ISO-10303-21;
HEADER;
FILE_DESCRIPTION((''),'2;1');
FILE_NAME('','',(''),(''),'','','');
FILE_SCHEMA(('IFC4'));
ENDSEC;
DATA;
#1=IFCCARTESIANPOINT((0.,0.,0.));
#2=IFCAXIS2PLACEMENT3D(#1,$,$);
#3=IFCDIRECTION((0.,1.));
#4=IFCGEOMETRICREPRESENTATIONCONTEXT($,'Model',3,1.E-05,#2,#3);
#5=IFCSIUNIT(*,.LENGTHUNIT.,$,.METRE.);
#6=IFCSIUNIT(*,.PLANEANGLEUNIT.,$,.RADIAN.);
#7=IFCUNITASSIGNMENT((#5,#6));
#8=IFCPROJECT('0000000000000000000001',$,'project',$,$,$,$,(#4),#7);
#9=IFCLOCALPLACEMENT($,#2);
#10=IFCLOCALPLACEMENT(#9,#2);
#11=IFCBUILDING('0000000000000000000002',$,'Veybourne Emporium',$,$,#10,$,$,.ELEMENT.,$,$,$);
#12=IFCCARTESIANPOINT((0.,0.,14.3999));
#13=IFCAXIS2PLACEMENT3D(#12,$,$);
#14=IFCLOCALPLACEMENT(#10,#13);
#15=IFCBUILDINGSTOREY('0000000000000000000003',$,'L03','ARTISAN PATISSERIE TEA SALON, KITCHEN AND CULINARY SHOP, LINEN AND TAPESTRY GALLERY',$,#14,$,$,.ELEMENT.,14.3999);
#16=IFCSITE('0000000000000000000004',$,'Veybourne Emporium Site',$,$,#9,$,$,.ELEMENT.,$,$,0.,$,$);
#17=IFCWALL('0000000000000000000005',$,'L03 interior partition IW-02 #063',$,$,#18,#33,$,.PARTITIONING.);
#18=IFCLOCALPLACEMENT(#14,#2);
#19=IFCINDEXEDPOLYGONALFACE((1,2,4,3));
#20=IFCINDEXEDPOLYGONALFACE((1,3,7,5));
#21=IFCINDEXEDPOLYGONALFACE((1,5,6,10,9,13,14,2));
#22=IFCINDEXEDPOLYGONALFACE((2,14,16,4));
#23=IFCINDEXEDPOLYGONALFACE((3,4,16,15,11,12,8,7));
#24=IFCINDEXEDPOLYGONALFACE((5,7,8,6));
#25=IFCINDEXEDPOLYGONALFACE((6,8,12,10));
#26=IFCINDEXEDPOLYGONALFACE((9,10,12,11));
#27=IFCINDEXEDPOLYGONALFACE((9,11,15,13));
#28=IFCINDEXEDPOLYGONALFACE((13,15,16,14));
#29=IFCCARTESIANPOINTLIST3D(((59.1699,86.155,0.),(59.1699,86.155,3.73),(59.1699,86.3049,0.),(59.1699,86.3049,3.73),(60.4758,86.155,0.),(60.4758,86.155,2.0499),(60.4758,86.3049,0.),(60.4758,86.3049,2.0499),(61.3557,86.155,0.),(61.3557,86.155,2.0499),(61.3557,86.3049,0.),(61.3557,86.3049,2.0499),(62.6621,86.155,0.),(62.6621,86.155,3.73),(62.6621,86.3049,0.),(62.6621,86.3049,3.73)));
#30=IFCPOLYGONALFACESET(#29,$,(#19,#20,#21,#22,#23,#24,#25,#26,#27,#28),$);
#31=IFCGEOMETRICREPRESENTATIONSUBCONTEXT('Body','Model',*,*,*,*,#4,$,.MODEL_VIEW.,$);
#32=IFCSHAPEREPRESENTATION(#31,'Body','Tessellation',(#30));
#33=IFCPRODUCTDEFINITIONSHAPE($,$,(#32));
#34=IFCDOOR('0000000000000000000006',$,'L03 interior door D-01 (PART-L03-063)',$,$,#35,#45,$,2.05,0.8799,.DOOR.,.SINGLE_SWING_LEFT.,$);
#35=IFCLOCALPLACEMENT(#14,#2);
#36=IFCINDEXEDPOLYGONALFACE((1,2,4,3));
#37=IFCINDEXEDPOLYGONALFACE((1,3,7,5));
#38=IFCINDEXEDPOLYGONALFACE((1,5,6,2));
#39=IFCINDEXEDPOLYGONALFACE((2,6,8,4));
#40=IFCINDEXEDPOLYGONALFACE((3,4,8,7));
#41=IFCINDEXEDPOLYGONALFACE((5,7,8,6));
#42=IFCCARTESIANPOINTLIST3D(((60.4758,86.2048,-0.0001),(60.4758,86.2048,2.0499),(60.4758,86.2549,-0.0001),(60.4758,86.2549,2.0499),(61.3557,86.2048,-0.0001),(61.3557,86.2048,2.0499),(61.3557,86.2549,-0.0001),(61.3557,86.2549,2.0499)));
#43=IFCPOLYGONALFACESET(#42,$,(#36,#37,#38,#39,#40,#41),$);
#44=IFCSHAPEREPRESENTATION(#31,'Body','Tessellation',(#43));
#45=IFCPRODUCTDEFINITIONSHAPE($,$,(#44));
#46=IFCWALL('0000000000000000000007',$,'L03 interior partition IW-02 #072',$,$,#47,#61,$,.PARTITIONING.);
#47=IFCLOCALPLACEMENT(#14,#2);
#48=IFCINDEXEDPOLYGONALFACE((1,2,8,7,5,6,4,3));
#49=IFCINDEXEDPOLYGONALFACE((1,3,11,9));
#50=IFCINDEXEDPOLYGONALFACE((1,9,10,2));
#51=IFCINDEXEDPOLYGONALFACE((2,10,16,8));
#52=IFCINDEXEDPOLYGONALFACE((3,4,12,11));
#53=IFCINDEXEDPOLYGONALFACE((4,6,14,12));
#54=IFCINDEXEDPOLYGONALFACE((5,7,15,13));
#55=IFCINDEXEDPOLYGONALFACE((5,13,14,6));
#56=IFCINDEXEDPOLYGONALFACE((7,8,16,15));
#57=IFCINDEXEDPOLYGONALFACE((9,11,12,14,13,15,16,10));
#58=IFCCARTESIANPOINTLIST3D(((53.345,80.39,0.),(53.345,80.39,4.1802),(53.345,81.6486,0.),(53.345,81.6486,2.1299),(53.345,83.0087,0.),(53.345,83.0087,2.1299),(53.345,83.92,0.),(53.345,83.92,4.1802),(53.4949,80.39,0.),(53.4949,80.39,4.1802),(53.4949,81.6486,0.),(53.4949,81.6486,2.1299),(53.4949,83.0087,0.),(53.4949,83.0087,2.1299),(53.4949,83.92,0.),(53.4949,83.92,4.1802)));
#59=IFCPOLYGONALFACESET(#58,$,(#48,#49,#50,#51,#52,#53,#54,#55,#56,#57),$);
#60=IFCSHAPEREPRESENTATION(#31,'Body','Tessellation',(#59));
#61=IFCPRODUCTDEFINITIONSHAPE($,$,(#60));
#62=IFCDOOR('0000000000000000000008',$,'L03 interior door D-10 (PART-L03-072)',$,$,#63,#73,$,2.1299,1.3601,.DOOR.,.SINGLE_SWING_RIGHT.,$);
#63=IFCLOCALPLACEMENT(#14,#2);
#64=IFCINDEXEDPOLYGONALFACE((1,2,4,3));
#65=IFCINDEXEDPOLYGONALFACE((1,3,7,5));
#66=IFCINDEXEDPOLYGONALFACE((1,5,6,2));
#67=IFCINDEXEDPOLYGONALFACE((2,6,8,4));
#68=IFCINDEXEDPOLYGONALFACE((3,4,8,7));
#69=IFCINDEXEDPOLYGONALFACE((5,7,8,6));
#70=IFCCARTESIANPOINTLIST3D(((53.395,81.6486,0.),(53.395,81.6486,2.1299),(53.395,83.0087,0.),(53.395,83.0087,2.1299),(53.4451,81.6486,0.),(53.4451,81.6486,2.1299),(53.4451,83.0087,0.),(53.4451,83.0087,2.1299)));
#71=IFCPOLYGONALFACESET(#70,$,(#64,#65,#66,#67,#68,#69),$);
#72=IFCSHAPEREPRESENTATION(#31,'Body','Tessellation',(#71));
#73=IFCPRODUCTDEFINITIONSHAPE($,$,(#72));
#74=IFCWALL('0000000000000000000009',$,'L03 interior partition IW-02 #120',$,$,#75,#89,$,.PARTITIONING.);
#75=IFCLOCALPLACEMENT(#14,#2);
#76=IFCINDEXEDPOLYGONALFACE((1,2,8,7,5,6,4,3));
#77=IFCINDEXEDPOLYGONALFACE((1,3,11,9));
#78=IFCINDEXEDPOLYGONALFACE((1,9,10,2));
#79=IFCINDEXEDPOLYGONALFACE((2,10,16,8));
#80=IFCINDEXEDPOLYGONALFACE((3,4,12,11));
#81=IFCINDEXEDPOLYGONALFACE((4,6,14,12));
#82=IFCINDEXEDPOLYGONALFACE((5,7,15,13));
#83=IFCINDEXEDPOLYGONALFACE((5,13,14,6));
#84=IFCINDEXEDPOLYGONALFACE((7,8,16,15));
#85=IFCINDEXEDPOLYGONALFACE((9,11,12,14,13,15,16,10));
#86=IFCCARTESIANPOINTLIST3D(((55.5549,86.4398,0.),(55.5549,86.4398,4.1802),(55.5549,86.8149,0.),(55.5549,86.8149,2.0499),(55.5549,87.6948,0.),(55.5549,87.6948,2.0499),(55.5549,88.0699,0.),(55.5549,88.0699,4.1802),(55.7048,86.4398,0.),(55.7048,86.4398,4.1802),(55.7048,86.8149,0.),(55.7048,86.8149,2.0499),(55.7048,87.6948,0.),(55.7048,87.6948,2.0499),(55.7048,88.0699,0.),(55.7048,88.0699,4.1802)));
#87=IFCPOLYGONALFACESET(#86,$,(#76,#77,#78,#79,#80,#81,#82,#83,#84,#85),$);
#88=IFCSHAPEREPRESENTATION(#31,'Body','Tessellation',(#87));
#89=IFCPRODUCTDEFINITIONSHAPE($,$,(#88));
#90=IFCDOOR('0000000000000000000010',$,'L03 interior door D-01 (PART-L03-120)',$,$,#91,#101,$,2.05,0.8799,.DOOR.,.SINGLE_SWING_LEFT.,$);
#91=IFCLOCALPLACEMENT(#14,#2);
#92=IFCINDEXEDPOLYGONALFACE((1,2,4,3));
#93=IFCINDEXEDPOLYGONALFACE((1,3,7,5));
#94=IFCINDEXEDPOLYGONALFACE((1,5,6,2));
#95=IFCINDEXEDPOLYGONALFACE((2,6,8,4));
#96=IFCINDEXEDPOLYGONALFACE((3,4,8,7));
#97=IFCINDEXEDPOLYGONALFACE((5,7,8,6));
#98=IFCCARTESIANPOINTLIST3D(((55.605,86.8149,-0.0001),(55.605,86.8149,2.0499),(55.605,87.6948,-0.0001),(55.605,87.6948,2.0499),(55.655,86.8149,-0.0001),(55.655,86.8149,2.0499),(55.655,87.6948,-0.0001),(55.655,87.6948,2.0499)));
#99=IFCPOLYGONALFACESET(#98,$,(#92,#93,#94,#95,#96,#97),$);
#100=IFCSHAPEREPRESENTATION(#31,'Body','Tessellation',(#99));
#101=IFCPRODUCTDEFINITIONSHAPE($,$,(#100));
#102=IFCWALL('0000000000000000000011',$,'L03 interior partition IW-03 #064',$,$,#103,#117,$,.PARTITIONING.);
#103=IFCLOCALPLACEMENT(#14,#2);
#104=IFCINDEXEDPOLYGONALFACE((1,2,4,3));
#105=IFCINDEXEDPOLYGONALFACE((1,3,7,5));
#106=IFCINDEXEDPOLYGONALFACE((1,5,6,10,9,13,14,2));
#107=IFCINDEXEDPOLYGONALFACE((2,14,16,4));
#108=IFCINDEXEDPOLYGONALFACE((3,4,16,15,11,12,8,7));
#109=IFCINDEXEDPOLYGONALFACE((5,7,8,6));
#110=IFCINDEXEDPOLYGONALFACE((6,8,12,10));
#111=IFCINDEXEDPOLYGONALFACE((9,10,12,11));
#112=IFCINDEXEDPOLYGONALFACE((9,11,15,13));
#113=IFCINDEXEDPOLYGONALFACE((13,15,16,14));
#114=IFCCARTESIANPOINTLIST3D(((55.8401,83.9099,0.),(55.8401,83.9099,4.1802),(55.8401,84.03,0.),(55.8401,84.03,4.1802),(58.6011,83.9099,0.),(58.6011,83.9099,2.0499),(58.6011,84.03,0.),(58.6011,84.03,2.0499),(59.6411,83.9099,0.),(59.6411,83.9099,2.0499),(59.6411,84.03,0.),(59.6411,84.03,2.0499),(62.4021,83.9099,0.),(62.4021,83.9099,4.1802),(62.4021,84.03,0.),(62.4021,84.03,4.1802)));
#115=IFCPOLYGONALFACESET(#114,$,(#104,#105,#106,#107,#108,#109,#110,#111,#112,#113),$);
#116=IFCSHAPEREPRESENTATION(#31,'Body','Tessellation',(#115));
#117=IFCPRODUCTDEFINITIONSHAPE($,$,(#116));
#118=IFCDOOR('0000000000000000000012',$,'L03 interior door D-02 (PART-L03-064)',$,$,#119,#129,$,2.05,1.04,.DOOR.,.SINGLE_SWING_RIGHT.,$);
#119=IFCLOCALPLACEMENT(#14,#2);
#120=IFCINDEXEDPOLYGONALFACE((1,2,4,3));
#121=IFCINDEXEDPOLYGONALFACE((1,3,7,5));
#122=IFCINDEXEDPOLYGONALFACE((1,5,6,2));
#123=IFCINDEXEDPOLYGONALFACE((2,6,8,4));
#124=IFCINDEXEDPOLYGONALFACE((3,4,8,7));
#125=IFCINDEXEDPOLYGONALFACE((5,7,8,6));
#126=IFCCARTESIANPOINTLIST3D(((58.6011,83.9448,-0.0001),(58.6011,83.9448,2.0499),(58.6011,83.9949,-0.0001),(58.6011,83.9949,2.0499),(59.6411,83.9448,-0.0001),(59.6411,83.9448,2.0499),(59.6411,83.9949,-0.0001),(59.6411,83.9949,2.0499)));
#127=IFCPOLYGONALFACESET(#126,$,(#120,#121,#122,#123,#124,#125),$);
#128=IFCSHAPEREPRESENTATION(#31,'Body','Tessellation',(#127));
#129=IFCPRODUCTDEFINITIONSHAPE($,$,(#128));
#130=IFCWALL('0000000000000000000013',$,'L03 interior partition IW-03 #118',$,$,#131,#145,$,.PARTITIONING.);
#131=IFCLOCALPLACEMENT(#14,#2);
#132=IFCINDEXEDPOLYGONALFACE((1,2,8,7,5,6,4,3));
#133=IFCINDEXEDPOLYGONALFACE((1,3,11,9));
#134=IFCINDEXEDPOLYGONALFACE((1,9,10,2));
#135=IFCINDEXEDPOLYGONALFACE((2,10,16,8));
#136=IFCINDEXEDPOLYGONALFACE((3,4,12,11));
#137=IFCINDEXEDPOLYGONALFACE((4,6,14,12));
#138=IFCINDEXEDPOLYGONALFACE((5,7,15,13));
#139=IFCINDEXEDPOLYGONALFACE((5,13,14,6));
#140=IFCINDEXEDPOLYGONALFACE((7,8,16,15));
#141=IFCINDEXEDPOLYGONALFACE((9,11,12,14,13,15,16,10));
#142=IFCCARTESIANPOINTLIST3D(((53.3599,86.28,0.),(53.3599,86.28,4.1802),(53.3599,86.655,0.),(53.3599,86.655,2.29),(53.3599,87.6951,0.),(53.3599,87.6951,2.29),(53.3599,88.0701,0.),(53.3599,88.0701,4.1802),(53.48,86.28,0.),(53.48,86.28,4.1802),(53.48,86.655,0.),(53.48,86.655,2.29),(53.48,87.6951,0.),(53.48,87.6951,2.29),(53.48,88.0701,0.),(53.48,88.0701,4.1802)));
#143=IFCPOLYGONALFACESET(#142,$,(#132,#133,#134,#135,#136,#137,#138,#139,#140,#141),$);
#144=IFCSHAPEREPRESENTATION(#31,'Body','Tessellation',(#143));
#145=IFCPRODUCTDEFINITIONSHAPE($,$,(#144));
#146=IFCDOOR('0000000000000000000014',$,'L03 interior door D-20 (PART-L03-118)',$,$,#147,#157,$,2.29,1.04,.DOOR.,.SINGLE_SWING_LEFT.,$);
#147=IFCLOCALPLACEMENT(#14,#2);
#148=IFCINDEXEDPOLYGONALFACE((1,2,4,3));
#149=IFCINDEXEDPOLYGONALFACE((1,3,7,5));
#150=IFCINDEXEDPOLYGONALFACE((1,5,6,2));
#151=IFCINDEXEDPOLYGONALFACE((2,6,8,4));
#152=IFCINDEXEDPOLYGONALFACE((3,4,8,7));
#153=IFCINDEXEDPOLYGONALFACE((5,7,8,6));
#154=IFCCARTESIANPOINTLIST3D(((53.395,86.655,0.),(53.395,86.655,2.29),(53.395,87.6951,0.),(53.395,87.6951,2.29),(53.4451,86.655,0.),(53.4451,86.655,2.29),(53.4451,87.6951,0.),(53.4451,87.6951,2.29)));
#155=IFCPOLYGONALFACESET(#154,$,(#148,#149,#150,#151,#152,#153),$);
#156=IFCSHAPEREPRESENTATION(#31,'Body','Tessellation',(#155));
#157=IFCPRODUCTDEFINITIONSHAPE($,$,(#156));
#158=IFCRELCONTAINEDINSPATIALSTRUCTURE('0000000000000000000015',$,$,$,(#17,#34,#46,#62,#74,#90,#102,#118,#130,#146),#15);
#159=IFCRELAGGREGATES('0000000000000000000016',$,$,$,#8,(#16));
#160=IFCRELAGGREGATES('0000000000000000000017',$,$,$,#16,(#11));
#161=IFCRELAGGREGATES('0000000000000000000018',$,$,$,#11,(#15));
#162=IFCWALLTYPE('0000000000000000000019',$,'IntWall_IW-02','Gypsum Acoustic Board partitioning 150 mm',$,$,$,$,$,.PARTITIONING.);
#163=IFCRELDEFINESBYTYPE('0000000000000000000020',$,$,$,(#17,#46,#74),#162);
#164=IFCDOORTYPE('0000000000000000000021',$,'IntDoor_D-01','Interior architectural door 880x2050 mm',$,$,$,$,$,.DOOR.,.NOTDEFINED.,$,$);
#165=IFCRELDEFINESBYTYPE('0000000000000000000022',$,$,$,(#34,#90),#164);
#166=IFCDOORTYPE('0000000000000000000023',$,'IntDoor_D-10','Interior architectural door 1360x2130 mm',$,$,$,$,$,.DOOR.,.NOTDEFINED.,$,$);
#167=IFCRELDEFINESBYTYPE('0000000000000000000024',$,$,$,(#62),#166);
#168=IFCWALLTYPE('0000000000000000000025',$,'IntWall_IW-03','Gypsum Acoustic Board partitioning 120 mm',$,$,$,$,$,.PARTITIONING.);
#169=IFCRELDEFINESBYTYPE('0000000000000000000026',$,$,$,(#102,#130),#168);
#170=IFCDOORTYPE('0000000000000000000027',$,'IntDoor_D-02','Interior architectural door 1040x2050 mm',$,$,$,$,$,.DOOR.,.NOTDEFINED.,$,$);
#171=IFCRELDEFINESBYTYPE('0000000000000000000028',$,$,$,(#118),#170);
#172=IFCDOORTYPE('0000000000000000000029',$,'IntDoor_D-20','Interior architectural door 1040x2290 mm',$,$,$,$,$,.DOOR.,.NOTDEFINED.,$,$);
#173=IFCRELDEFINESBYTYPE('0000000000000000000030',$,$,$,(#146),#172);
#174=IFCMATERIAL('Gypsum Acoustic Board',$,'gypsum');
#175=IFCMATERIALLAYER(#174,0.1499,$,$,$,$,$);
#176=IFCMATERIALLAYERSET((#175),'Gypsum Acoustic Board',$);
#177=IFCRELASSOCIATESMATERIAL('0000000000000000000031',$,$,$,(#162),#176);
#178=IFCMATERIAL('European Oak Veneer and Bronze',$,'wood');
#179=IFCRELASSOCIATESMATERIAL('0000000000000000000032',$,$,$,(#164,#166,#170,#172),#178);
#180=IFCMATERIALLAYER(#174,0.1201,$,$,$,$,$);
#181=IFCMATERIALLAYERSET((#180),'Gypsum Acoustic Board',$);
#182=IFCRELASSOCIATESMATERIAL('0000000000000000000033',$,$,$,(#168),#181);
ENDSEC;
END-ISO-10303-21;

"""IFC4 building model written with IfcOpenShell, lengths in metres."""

from ifc_helpers import new_model, si_unit, direction, frame, frame_2d, origin, place, context, subcontext, project, spatial, rectangle, extrude, material, layer, layer_set, type_object, element, fill, save


model = new_model("IFC4")

# Units and contexts
model_context = context("Model", 3, precision=1e-05, world=origin(), true_north=direction((0.0, 1.0)))
body_context = subcontext(model_context, "Body", "Model", "MODEL_VIEW")
ifc_project = project(units=[si_unit("LENGTHUNIT", "METRE"), si_unit("PLANEANGLEUNIT", "RADIAN")], contexts=[model_context])

# Site, building, storey
site_placement = place(None, origin())
site = spatial("IfcSite", under=ifc_project, at=site_placement, Name="Veybourne Emporium Site", CompositionType="ELEMENT", RefElevation=0.0)
building_placement = place(site_placement, origin())
building = spatial("IfcBuilding", under=site, at=building_placement, Name="Veybourne Emporium", CompositionType="ELEMENT")
storey_placement = place(building_placement, frame((0.0, 0.0, 14.3999)))
storey = spatial("IfcBuildingStorey", under=building, at=storey_placement, Name="L03", Description="ARTISAN PATISSERIE TEA SALON, KITCHEN AND CULINARY SHOP, LINEN AND TAPESTRY GALLERY", CompositionType="ELEMENT", Elevation=14.3999)

# Shared definitions
ifc_material_1 = material(Name="Gypsum Acoustic Board", Category="gypsum")

# Walls, openings, doors
ifc_material_2 = material(Name="European Oak Veneer and Bronze", Category="wood")
ifc_layer_1 = layer(ifc_material_1, 0.1499)
ifc_layer_set_1 = layer_set([ifc_layer_1], Name="Gypsum Acoustic Board")
wall_type_1 = type_object("IfcWallType", Name="IntWall_IW-02", Description="Gypsum Acoustic Board partitioning 150 mm", PredefinedType="PARTITIONING", material=ifc_layer_set_1)
wall_1_placement = place(storey_placement, frame((59.1699, 86.23, 0.0), z_axis=(0.0, 0.0, 1.0), x_axis=(1.0, 0.0, 0.0)))
wall_1 = element("IfcWall", 1, at=wall_1_placement, inside=storey, type_object=wall_type_1, Name="L03 interior partition IW-02 #063", PredefinedType="PARTITIONING", context=body_context, shape_type="SweptSolid", body=[
    extrude(rectangle(XDim=3.4922, YDim=0.1499, at=frame_2d((1.7461, 0.0))), origin(), (0.0, 0.0, 1.0), 3.73),
])
opening_1_placement = place(wall_1_placement, frame((1.3059, 0.0, 0.0)))
opening_1 = element("IfcOpeningElement", 2, at=opening_1_placement, cuts=wall_1, PredefinedType="OPENING", context=body_context, shape_type="SweptSolid", body=[
    extrude(rectangle(XDim=0.8799, YDim=2.05, at=frame_2d((0.4399, 1.0249))), frame((0.0, 0.095, 0.0), z_axis=(0.0, -1.0, 0.0), x_axis=(1.0, 0.0, 0.0)), (0.0, 0.0, 1.0), 0.1899),
])
door_type_1 = type_object("IfcDoorType", Name="IntDoor_D-01", Description="Interior architectural door 880x2050 mm", OperationType="NOTDEFINED", PredefinedType="DOOR", material=ifc_material_2)
door_1_placement = place(opening_1_placement, origin())
door_1 = element("IfcDoor", 3, at=door_1_placement, inside=storey, type_object=door_type_1, Name="L03 interior door D-01 (PART-L03-063)", OperationType="SINGLE_SWING_LEFT", OverallHeight=2.05, OverallWidth=0.8799, PredefinedType="DOOR", context=body_context, shape_type="SweptSolid", body=[
    extrude(rectangle(XDim=0.8799, YDim=2.05, at=frame_2d((0.4399, 1.0249))), frame((0.0, 0.0249, 0.0), z_axis=(0.0, -1.0, 0.0), x_axis=(1.0, 0.0, 0.0)), (0.0, 0.0, 1.0), 0.05),
])
fill(opening_1, door_1)
wall_2_placement = place(storey_placement, frame((53.4199, 80.3899, 0.0), z_axis=(0.0, 0.0, 1.0), x_axis=(0.0, 1.0, 0.0)))
wall_2 = element("IfcWall", 4, at=wall_2_placement, inside=storey, type_object=wall_type_1, Name="L03 interior partition IW-02 #072", PredefinedType="PARTITIONING", context=body_context, shape_type="SweptSolid", body=[
    extrude(rectangle(XDim=3.53, YDim=0.1499, at=frame_2d((1.7651, 0.0))), origin(), (0.0, 0.0, 1.0), 4.1802),
])
opening_2_placement = place(wall_2_placement, frame((1.2585, 0.0, 0.0)))
opening_2 = element("IfcOpeningElement", 5, at=opening_2_placement, cuts=wall_2, PredefinedType="OPENING", context=body_context, shape_type="SweptSolid", body=[
    extrude(rectangle(XDim=1.3601, YDim=2.1299, at=frame_2d((0.6802, 1.0649))), frame((0.0, 0.095, 0.0), z_axis=(0.0, -1.0, 0.0), x_axis=(1.0, 0.0, 0.0)), (0.0, 0.0, 1.0), 0.1899),
])
door_type_2 = type_object("IfcDoorType", Name="IntDoor_D-10", Description="Interior architectural door 1360x2130 mm", OperationType="NOTDEFINED", PredefinedType="DOOR", material=ifc_material_2)
door_2_placement = place(opening_2_placement, origin())
door_2 = element("IfcDoor", 6, at=door_2_placement, inside=storey, type_object=door_type_2, Name="L03 interior door D-10 (PART-L03-072)", OperationType="SINGLE_SWING_RIGHT", OverallHeight=2.1299, OverallWidth=1.3601, PredefinedType="DOOR", context=body_context, shape_type="SweptSolid", body=[
    extrude(rectangle(XDim=1.3601, YDim=2.1299, at=frame_2d((0.6802, 1.0649))), frame((0.0, 0.0249, 0.0), z_axis=(0.0, -1.0, 0.0), x_axis=(1.0, 0.0, 0.0)), (0.0, 0.0, 1.0), 0.05),
])
fill(opening_2, door_2)
wall_3_placement = place(storey_placement, frame((55.6299, 86.4399, 0.0), z_axis=(0.0, 0.0, 1.0), x_axis=(0.0, 1.0, 0.0)))
wall_3 = element("IfcWall", 7, at=wall_3_placement, inside=storey, type_object=wall_type_1, Name="L03 interior partition IW-02 #120", PredefinedType="PARTITIONING", context=body_context, shape_type="SweptSolid", body=[
    extrude(rectangle(XDim=1.6301, YDim=0.1499, at=frame_2d((0.8149, 0.0))), origin(), (0.0, 0.0, 1.0), 4.1802),
])
opening_3_placement = place(wall_3_placement, frame((0.375, 0.0, 0.0)))
opening_3 = element("IfcOpeningElement", 8, at=opening_3_placement, cuts=wall_3, PredefinedType="OPENING", context=body_context, shape_type="SweptSolid", body=[
    extrude(rectangle(XDim=0.8799, YDim=2.05, at=frame_2d((0.4399, 1.0249))), frame((0.0, 0.095, 0.0), z_axis=(0.0, -1.0, 0.0), x_axis=(1.0, 0.0, 0.0)), (0.0, 0.0, 1.0), 0.1899),
])
door_3_placement = place(opening_3_placement, origin())
door_3 = element("IfcDoor", 9, at=door_3_placement, inside=storey, type_object=door_type_1, Name="L03 interior door D-01 (PART-L03-120)", OperationType="SINGLE_SWING_LEFT", OverallHeight=2.05, OverallWidth=0.8799, PredefinedType="DOOR", context=body_context, shape_type="SweptSolid", body=[
    extrude(rectangle(XDim=0.8799, YDim=2.05, at=frame_2d((0.4399, 1.0249))), frame((0.0, 0.0249, 0.0), z_axis=(0.0, -1.0, 0.0), x_axis=(1.0, 0.0, 0.0)), (0.0, 0.0, 1.0), 0.05),
])
fill(opening_3, door_3)
ifc_layer_2 = layer(ifc_material_1, 0.1201)
ifc_layer_set_2 = layer_set([ifc_layer_2], Name="Gypsum Acoustic Board")
wall_type_2 = type_object("IfcWallType", Name="IntWall_IW-03", Description="Gypsum Acoustic Board partitioning 120 mm", PredefinedType="PARTITIONING", material=ifc_layer_set_2)
wall_4_placement = place(storey_placement, frame((55.8401, 83.97, 0.0), z_axis=(0.0, 0.0, 1.0), x_axis=(1.0, 0.0, 0.0)))
wall_4 = element("IfcWall", 10, at=wall_4_placement, inside=storey, type_object=wall_type_2, Name="L03 interior partition IW-03 #064", PredefinedType="PARTITIONING", context=body_context, shape_type="SweptSolid", body=[
    extrude(rectangle(XDim=6.562, YDim=0.1201, at=frame_2d((3.281, 0.0))), origin(), (0.0, 0.0, 1.0), 4.1802),
])
opening_4_placement = place(wall_4_placement, frame((2.761, 0.0, 0.0)))
opening_4 = element("IfcOpeningElement", 11, at=opening_4_placement, cuts=wall_4, PredefinedType="OPENING", context=body_context, shape_type="SweptSolid", body=[
    extrude(rectangle(XDim=1.04, YDim=2.05, at=frame_2d((0.52, 1.0249))), frame((0.0, 0.0801, 0.0), z_axis=(0.0, -1.0, 0.0), x_axis=(1.0, 0.0, 0.0)), (0.0, 0.0, 1.0), 0.1602),
])
door_type_3 = type_object("IfcDoorType", Name="IntDoor_D-02", Description="Interior architectural door 1040x2050 mm", OperationType="NOTDEFINED", PredefinedType="DOOR", material=ifc_material_2)
door_4_placement = place(opening_4_placement, origin())
door_4 = element("IfcDoor", 12, at=door_4_placement, inside=storey, type_object=door_type_3, Name="L03 interior door D-02 (PART-L03-064)", OperationType="SINGLE_SWING_RIGHT", OverallHeight=2.05, OverallWidth=1.04, PredefinedType="DOOR", context=body_context, shape_type="SweptSolid", body=[
    extrude(rectangle(XDim=1.04, YDim=2.05, at=frame_2d((0.52, 1.0249))), frame((0.0, 0.0249, 0.0), z_axis=(0.0, -1.0, 0.0), x_axis=(1.0, 0.0, 0.0)), (0.0, 0.0, 1.0), 0.05),
])
fill(opening_4, door_4)
wall_5_placement = place(storey_placement, frame((53.4199, 86.28, 0.0), z_axis=(0.0, 0.0, 1.0), x_axis=(0.0, 1.0, 0.0)))
wall_5 = element("IfcWall", 13, at=wall_5_placement, inside=storey, type_object=wall_type_2, Name="L03 interior partition IW-03 #118", PredefinedType="PARTITIONING", context=body_context, shape_type="SweptSolid", body=[
    extrude(rectangle(XDim=1.79, YDim=0.1201, at=frame_2d((0.895, 0.0))), origin(), (0.0, 0.0, 1.0), 4.1802),
])
opening_5_placement = place(wall_5_placement, frame((0.375, 0.0, 0.0)))
opening_5 = element("IfcOpeningElement", 14, at=opening_5_placement, cuts=wall_5, PredefinedType="OPENING", context=body_context, shape_type="SweptSolid", body=[
    extrude(rectangle(XDim=1.04, YDim=2.29, at=frame_2d((0.52, 1.145))), frame((0.0, 0.0801, 0.0), z_axis=(0.0, -1.0, 0.0), x_axis=(1.0, 0.0, 0.0)), (0.0, 0.0, 1.0), 0.1602),
])
door_type_4 = type_object("IfcDoorType", Name="IntDoor_D-20", Description="Interior architectural door 1040x2290 mm", OperationType="NOTDEFINED", PredefinedType="DOOR", material=ifc_material_2)
door_5_placement = place(opening_5_placement, origin())
door_5 = element("IfcDoor", 15, at=door_5_placement, inside=storey, type_object=door_type_4, Name="L03 interior door D-20 (PART-L03-118)", OperationType="SINGLE_SWING_LEFT", OverallHeight=2.29, OverallWidth=1.04, PredefinedType="DOOR", context=body_context, shape_type="SweptSolid", body=[
    extrude(rectangle(XDim=1.04, YDim=2.29, at=frame_2d((0.52, 1.145))), frame((0.0, 0.0249, 0.0), z_axis=(0.0, -1.0, 0.0), x_axis=(1.0, 0.0, 0.0)), (0.0, 0.0, 1.0), 0.05),
])
fill(opening_5, door_5)

save(model, "model.ifc")
